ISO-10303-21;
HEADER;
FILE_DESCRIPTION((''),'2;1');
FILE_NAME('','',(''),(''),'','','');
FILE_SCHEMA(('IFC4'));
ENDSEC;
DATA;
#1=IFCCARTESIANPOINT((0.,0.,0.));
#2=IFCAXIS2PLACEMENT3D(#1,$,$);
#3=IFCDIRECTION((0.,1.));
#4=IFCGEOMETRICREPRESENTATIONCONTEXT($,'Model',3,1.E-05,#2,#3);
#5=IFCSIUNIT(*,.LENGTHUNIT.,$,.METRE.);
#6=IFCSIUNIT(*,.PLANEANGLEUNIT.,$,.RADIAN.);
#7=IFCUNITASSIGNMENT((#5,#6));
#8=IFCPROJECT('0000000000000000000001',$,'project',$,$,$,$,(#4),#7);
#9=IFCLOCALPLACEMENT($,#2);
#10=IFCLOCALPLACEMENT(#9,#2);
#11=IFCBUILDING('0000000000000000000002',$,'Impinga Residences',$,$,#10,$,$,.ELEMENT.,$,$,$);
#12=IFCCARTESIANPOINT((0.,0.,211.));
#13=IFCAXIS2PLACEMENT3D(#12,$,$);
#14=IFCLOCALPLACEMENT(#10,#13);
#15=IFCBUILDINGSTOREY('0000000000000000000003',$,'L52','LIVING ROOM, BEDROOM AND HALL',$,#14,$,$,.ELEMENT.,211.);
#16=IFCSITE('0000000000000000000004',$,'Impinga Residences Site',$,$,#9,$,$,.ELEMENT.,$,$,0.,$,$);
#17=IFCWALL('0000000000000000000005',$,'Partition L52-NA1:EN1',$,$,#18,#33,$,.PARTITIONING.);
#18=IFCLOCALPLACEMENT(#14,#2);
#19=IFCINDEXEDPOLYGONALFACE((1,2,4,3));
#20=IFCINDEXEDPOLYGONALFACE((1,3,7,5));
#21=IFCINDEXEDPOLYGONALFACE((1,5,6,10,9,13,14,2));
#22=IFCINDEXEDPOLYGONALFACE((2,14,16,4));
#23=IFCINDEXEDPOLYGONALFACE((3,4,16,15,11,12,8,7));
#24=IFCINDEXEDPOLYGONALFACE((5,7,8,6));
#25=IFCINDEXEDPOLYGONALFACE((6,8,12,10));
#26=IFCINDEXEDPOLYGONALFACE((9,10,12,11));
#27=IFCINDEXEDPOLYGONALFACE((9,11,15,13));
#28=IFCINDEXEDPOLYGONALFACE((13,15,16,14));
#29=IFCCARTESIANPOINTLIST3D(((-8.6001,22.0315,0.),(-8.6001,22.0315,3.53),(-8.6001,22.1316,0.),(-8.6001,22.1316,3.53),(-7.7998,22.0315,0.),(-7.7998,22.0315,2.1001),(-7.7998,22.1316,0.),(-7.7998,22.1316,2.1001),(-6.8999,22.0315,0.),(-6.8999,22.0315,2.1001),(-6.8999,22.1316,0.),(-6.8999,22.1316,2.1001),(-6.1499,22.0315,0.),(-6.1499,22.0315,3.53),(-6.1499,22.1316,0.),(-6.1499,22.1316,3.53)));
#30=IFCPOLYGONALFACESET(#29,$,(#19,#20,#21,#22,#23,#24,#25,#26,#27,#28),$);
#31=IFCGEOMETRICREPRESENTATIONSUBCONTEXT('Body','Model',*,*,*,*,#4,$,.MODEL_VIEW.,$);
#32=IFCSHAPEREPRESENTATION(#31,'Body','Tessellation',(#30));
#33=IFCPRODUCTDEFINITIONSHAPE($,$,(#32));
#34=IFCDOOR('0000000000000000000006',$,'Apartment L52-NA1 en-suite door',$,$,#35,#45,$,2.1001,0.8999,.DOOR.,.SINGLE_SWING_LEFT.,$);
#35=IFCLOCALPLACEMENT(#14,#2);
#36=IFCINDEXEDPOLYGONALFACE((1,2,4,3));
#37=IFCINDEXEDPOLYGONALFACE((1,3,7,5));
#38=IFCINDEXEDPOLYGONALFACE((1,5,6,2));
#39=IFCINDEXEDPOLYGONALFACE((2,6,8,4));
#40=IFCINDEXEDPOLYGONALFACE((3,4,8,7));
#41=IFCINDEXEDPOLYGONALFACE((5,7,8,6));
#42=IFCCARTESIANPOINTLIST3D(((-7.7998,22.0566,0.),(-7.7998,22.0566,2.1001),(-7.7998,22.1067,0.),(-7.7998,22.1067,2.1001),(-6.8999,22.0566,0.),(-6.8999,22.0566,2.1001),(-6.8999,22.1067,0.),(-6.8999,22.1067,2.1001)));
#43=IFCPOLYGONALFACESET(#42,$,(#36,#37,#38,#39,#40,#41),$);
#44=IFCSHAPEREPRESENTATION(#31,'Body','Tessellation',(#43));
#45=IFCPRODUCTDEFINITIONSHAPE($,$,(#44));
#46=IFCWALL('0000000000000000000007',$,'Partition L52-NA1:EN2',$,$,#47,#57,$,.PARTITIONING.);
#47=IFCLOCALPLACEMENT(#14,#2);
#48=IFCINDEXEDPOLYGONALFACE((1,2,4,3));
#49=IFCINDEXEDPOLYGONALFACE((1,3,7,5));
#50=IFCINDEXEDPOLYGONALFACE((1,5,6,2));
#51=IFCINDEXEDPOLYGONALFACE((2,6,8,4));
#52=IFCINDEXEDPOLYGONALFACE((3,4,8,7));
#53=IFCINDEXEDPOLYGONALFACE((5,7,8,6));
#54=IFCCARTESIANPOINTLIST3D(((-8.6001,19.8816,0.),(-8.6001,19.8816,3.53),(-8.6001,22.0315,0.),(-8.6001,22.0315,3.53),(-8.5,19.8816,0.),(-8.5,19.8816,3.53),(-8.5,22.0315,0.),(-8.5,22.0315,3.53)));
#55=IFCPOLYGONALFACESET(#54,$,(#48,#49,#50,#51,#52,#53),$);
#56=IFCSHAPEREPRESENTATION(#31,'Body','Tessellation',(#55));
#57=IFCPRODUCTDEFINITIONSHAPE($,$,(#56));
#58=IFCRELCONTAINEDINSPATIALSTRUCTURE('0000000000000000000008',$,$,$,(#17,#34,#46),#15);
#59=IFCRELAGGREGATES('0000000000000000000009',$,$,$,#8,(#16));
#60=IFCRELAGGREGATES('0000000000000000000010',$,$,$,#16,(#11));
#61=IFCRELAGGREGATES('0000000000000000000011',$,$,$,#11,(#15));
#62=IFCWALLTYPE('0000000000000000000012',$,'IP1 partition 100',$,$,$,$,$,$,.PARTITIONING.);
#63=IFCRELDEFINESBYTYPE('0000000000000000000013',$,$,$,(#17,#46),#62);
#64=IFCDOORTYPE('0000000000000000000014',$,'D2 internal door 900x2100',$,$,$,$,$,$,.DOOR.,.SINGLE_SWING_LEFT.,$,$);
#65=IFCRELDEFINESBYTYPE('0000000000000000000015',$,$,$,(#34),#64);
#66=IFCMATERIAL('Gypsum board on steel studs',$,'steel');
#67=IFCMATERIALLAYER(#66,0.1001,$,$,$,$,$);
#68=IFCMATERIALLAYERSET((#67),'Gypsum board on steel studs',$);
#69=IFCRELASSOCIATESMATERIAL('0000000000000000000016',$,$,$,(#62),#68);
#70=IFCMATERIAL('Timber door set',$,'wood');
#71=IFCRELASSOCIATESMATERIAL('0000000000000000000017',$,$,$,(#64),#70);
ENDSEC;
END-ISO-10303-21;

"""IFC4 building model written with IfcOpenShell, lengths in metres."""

from ifc_helpers import new_model, si_unit, direction, frame, frame_2d, origin, place, context, subcontext, project, spatial, rectangle, extrude, material, layer, layer_set, type_object, element, fill, save


model = new_model("IFC4")

# Units and contexts
model_context = context("Model", 3, precision=1e-05, world=origin(), true_north=direction((0.0, 1.0)))
body_context = subcontext(model_context, "Body", "Model", "MODEL_VIEW")
ifc_project = project(units=[si_unit("LENGTHUNIT", "METRE"), si_unit("PLANEANGLEUNIT", "RADIAN")], contexts=[model_context])

# Site, building, storey
site_placement = place(None, origin())
site = spatial("IfcSite", under=ifc_project, at=site_placement, Name="Impinga Residences Site", CompositionType="ELEMENT", RefElevation=0.0)
building_placement = place(site_placement, origin())
building = spatial("IfcBuilding", under=site, at=building_placement, Name="Impinga Residences", CompositionType="ELEMENT")
storey_placement = place(building_placement, frame((0.0, 0.0, 211.0)))
storey = spatial("IfcBuildingStorey", under=building, at=storey_placement, Name="L52", Description="LIVING ROOM, BEDROOM AND HALL", CompositionType="ELEMENT", Elevation=211.0)

# Shared definitions
ifc_material_1 = material(Name="Timber door set", Category="wood")

# Shared definitions
ifc_material_2 = material(Name="Gypsum board on steel studs", Category="steel")
ifc_layer_1 = layer(ifc_material_2, 0.1001)
ifc_layer_set_1 = layer_set([ifc_layer_1], Name="Gypsum board on steel studs")
wall_type_1 = type_object("IfcWallType", Name="IP1 partition 100", PredefinedType="PARTITIONING", material=ifc_layer_set_1)

# Wall, opening, door
wall_1_placement = place(storey_placement, frame((-6.1499, 22.0815, 0.0), z_axis=(0.0, 0.0, 1.0), x_axis=(-1.0, 0.0, 0.0)))
wall_1 = element("IfcWall", 1, at=wall_1_placement, inside=storey, type_object=wall_type_1, Name="Partition L52-NA1:EN1", PredefinedType="PARTITIONING", context=body_context, shape_type="SweptSolid", body=[
    extrude(rectangle(XDim=2.4502, YDim=0.1001, at=frame_2d((1.2251, 0.0))), origin(), (0.0, 0.0, 1.0), 3.53),
])
opening_1_placement = place(wall_1_placement, frame((0.75, 0.0, 0.0)))
opening_1 = element("IfcOpeningElement", 2, at=opening_1_placement, cuts=wall_1, PredefinedType="OPENING", context=body_context, shape_type="SweptSolid", body=[
    extrude(rectangle(XDim=0.8999, YDim=2.1001, at=frame_2d((0.45, 1.05))), frame((0.0, 0.0601, 0.0), z_axis=(0.0, -1.0, 0.0), x_axis=(1.0, 0.0, 0.0)), (0.0, 0.0, 1.0), 0.1201),
])
door_type_1 = type_object("IfcDoorType", Name="D2 internal door 900x2100", OperationType="SINGLE_SWING_LEFT", PredefinedType="DOOR", material=ifc_material_1)
door_1_placement = place(opening_1_placement, origin())
door_1 = element("IfcDoor", 3, at=door_1_placement, inside=storey, type_object=door_type_1, Name="Apartment L52-NA1 en-suite door", OperationType="SINGLE_SWING_LEFT", OverallHeight=2.1001, OverallWidth=0.8999, PredefinedType="DOOR", context=body_context, shape_type="SweptSolid", body=[
    extrude(rectangle(XDim=0.8999, YDim=2.1001, at=frame_2d((0.45, 1.05))), frame((0.0, 0.0249, 0.0), z_axis=(0.0, -1.0, 0.0), x_axis=(1.0, 0.0, 0.0)), (0.0, 0.0, 1.0), 0.05),
])
fill(opening_1, door_1)

# Wall
wall_2_placement = place(storey_placement, frame((-8.55, 19.8816, 0.0), z_axis=(0.0, 0.0, 1.0), x_axis=(0.0, 1.0, 0.0)))
element("IfcWall", 4, at=wall_2_placement, inside=storey, type_object=wall_type_1, Name="Partition L52-NA1:EN2", PredefinedType="PARTITIONING", context=body_context, shape_type="SweptSolid", body=[
    extrude(rectangle(XDim=2.1499, YDim=0.1001, at=frame_2d((1.075, 0.0))), origin(), (0.0, 0.0, 1.0), 3.53),
])

save(model, "model.ifc")
